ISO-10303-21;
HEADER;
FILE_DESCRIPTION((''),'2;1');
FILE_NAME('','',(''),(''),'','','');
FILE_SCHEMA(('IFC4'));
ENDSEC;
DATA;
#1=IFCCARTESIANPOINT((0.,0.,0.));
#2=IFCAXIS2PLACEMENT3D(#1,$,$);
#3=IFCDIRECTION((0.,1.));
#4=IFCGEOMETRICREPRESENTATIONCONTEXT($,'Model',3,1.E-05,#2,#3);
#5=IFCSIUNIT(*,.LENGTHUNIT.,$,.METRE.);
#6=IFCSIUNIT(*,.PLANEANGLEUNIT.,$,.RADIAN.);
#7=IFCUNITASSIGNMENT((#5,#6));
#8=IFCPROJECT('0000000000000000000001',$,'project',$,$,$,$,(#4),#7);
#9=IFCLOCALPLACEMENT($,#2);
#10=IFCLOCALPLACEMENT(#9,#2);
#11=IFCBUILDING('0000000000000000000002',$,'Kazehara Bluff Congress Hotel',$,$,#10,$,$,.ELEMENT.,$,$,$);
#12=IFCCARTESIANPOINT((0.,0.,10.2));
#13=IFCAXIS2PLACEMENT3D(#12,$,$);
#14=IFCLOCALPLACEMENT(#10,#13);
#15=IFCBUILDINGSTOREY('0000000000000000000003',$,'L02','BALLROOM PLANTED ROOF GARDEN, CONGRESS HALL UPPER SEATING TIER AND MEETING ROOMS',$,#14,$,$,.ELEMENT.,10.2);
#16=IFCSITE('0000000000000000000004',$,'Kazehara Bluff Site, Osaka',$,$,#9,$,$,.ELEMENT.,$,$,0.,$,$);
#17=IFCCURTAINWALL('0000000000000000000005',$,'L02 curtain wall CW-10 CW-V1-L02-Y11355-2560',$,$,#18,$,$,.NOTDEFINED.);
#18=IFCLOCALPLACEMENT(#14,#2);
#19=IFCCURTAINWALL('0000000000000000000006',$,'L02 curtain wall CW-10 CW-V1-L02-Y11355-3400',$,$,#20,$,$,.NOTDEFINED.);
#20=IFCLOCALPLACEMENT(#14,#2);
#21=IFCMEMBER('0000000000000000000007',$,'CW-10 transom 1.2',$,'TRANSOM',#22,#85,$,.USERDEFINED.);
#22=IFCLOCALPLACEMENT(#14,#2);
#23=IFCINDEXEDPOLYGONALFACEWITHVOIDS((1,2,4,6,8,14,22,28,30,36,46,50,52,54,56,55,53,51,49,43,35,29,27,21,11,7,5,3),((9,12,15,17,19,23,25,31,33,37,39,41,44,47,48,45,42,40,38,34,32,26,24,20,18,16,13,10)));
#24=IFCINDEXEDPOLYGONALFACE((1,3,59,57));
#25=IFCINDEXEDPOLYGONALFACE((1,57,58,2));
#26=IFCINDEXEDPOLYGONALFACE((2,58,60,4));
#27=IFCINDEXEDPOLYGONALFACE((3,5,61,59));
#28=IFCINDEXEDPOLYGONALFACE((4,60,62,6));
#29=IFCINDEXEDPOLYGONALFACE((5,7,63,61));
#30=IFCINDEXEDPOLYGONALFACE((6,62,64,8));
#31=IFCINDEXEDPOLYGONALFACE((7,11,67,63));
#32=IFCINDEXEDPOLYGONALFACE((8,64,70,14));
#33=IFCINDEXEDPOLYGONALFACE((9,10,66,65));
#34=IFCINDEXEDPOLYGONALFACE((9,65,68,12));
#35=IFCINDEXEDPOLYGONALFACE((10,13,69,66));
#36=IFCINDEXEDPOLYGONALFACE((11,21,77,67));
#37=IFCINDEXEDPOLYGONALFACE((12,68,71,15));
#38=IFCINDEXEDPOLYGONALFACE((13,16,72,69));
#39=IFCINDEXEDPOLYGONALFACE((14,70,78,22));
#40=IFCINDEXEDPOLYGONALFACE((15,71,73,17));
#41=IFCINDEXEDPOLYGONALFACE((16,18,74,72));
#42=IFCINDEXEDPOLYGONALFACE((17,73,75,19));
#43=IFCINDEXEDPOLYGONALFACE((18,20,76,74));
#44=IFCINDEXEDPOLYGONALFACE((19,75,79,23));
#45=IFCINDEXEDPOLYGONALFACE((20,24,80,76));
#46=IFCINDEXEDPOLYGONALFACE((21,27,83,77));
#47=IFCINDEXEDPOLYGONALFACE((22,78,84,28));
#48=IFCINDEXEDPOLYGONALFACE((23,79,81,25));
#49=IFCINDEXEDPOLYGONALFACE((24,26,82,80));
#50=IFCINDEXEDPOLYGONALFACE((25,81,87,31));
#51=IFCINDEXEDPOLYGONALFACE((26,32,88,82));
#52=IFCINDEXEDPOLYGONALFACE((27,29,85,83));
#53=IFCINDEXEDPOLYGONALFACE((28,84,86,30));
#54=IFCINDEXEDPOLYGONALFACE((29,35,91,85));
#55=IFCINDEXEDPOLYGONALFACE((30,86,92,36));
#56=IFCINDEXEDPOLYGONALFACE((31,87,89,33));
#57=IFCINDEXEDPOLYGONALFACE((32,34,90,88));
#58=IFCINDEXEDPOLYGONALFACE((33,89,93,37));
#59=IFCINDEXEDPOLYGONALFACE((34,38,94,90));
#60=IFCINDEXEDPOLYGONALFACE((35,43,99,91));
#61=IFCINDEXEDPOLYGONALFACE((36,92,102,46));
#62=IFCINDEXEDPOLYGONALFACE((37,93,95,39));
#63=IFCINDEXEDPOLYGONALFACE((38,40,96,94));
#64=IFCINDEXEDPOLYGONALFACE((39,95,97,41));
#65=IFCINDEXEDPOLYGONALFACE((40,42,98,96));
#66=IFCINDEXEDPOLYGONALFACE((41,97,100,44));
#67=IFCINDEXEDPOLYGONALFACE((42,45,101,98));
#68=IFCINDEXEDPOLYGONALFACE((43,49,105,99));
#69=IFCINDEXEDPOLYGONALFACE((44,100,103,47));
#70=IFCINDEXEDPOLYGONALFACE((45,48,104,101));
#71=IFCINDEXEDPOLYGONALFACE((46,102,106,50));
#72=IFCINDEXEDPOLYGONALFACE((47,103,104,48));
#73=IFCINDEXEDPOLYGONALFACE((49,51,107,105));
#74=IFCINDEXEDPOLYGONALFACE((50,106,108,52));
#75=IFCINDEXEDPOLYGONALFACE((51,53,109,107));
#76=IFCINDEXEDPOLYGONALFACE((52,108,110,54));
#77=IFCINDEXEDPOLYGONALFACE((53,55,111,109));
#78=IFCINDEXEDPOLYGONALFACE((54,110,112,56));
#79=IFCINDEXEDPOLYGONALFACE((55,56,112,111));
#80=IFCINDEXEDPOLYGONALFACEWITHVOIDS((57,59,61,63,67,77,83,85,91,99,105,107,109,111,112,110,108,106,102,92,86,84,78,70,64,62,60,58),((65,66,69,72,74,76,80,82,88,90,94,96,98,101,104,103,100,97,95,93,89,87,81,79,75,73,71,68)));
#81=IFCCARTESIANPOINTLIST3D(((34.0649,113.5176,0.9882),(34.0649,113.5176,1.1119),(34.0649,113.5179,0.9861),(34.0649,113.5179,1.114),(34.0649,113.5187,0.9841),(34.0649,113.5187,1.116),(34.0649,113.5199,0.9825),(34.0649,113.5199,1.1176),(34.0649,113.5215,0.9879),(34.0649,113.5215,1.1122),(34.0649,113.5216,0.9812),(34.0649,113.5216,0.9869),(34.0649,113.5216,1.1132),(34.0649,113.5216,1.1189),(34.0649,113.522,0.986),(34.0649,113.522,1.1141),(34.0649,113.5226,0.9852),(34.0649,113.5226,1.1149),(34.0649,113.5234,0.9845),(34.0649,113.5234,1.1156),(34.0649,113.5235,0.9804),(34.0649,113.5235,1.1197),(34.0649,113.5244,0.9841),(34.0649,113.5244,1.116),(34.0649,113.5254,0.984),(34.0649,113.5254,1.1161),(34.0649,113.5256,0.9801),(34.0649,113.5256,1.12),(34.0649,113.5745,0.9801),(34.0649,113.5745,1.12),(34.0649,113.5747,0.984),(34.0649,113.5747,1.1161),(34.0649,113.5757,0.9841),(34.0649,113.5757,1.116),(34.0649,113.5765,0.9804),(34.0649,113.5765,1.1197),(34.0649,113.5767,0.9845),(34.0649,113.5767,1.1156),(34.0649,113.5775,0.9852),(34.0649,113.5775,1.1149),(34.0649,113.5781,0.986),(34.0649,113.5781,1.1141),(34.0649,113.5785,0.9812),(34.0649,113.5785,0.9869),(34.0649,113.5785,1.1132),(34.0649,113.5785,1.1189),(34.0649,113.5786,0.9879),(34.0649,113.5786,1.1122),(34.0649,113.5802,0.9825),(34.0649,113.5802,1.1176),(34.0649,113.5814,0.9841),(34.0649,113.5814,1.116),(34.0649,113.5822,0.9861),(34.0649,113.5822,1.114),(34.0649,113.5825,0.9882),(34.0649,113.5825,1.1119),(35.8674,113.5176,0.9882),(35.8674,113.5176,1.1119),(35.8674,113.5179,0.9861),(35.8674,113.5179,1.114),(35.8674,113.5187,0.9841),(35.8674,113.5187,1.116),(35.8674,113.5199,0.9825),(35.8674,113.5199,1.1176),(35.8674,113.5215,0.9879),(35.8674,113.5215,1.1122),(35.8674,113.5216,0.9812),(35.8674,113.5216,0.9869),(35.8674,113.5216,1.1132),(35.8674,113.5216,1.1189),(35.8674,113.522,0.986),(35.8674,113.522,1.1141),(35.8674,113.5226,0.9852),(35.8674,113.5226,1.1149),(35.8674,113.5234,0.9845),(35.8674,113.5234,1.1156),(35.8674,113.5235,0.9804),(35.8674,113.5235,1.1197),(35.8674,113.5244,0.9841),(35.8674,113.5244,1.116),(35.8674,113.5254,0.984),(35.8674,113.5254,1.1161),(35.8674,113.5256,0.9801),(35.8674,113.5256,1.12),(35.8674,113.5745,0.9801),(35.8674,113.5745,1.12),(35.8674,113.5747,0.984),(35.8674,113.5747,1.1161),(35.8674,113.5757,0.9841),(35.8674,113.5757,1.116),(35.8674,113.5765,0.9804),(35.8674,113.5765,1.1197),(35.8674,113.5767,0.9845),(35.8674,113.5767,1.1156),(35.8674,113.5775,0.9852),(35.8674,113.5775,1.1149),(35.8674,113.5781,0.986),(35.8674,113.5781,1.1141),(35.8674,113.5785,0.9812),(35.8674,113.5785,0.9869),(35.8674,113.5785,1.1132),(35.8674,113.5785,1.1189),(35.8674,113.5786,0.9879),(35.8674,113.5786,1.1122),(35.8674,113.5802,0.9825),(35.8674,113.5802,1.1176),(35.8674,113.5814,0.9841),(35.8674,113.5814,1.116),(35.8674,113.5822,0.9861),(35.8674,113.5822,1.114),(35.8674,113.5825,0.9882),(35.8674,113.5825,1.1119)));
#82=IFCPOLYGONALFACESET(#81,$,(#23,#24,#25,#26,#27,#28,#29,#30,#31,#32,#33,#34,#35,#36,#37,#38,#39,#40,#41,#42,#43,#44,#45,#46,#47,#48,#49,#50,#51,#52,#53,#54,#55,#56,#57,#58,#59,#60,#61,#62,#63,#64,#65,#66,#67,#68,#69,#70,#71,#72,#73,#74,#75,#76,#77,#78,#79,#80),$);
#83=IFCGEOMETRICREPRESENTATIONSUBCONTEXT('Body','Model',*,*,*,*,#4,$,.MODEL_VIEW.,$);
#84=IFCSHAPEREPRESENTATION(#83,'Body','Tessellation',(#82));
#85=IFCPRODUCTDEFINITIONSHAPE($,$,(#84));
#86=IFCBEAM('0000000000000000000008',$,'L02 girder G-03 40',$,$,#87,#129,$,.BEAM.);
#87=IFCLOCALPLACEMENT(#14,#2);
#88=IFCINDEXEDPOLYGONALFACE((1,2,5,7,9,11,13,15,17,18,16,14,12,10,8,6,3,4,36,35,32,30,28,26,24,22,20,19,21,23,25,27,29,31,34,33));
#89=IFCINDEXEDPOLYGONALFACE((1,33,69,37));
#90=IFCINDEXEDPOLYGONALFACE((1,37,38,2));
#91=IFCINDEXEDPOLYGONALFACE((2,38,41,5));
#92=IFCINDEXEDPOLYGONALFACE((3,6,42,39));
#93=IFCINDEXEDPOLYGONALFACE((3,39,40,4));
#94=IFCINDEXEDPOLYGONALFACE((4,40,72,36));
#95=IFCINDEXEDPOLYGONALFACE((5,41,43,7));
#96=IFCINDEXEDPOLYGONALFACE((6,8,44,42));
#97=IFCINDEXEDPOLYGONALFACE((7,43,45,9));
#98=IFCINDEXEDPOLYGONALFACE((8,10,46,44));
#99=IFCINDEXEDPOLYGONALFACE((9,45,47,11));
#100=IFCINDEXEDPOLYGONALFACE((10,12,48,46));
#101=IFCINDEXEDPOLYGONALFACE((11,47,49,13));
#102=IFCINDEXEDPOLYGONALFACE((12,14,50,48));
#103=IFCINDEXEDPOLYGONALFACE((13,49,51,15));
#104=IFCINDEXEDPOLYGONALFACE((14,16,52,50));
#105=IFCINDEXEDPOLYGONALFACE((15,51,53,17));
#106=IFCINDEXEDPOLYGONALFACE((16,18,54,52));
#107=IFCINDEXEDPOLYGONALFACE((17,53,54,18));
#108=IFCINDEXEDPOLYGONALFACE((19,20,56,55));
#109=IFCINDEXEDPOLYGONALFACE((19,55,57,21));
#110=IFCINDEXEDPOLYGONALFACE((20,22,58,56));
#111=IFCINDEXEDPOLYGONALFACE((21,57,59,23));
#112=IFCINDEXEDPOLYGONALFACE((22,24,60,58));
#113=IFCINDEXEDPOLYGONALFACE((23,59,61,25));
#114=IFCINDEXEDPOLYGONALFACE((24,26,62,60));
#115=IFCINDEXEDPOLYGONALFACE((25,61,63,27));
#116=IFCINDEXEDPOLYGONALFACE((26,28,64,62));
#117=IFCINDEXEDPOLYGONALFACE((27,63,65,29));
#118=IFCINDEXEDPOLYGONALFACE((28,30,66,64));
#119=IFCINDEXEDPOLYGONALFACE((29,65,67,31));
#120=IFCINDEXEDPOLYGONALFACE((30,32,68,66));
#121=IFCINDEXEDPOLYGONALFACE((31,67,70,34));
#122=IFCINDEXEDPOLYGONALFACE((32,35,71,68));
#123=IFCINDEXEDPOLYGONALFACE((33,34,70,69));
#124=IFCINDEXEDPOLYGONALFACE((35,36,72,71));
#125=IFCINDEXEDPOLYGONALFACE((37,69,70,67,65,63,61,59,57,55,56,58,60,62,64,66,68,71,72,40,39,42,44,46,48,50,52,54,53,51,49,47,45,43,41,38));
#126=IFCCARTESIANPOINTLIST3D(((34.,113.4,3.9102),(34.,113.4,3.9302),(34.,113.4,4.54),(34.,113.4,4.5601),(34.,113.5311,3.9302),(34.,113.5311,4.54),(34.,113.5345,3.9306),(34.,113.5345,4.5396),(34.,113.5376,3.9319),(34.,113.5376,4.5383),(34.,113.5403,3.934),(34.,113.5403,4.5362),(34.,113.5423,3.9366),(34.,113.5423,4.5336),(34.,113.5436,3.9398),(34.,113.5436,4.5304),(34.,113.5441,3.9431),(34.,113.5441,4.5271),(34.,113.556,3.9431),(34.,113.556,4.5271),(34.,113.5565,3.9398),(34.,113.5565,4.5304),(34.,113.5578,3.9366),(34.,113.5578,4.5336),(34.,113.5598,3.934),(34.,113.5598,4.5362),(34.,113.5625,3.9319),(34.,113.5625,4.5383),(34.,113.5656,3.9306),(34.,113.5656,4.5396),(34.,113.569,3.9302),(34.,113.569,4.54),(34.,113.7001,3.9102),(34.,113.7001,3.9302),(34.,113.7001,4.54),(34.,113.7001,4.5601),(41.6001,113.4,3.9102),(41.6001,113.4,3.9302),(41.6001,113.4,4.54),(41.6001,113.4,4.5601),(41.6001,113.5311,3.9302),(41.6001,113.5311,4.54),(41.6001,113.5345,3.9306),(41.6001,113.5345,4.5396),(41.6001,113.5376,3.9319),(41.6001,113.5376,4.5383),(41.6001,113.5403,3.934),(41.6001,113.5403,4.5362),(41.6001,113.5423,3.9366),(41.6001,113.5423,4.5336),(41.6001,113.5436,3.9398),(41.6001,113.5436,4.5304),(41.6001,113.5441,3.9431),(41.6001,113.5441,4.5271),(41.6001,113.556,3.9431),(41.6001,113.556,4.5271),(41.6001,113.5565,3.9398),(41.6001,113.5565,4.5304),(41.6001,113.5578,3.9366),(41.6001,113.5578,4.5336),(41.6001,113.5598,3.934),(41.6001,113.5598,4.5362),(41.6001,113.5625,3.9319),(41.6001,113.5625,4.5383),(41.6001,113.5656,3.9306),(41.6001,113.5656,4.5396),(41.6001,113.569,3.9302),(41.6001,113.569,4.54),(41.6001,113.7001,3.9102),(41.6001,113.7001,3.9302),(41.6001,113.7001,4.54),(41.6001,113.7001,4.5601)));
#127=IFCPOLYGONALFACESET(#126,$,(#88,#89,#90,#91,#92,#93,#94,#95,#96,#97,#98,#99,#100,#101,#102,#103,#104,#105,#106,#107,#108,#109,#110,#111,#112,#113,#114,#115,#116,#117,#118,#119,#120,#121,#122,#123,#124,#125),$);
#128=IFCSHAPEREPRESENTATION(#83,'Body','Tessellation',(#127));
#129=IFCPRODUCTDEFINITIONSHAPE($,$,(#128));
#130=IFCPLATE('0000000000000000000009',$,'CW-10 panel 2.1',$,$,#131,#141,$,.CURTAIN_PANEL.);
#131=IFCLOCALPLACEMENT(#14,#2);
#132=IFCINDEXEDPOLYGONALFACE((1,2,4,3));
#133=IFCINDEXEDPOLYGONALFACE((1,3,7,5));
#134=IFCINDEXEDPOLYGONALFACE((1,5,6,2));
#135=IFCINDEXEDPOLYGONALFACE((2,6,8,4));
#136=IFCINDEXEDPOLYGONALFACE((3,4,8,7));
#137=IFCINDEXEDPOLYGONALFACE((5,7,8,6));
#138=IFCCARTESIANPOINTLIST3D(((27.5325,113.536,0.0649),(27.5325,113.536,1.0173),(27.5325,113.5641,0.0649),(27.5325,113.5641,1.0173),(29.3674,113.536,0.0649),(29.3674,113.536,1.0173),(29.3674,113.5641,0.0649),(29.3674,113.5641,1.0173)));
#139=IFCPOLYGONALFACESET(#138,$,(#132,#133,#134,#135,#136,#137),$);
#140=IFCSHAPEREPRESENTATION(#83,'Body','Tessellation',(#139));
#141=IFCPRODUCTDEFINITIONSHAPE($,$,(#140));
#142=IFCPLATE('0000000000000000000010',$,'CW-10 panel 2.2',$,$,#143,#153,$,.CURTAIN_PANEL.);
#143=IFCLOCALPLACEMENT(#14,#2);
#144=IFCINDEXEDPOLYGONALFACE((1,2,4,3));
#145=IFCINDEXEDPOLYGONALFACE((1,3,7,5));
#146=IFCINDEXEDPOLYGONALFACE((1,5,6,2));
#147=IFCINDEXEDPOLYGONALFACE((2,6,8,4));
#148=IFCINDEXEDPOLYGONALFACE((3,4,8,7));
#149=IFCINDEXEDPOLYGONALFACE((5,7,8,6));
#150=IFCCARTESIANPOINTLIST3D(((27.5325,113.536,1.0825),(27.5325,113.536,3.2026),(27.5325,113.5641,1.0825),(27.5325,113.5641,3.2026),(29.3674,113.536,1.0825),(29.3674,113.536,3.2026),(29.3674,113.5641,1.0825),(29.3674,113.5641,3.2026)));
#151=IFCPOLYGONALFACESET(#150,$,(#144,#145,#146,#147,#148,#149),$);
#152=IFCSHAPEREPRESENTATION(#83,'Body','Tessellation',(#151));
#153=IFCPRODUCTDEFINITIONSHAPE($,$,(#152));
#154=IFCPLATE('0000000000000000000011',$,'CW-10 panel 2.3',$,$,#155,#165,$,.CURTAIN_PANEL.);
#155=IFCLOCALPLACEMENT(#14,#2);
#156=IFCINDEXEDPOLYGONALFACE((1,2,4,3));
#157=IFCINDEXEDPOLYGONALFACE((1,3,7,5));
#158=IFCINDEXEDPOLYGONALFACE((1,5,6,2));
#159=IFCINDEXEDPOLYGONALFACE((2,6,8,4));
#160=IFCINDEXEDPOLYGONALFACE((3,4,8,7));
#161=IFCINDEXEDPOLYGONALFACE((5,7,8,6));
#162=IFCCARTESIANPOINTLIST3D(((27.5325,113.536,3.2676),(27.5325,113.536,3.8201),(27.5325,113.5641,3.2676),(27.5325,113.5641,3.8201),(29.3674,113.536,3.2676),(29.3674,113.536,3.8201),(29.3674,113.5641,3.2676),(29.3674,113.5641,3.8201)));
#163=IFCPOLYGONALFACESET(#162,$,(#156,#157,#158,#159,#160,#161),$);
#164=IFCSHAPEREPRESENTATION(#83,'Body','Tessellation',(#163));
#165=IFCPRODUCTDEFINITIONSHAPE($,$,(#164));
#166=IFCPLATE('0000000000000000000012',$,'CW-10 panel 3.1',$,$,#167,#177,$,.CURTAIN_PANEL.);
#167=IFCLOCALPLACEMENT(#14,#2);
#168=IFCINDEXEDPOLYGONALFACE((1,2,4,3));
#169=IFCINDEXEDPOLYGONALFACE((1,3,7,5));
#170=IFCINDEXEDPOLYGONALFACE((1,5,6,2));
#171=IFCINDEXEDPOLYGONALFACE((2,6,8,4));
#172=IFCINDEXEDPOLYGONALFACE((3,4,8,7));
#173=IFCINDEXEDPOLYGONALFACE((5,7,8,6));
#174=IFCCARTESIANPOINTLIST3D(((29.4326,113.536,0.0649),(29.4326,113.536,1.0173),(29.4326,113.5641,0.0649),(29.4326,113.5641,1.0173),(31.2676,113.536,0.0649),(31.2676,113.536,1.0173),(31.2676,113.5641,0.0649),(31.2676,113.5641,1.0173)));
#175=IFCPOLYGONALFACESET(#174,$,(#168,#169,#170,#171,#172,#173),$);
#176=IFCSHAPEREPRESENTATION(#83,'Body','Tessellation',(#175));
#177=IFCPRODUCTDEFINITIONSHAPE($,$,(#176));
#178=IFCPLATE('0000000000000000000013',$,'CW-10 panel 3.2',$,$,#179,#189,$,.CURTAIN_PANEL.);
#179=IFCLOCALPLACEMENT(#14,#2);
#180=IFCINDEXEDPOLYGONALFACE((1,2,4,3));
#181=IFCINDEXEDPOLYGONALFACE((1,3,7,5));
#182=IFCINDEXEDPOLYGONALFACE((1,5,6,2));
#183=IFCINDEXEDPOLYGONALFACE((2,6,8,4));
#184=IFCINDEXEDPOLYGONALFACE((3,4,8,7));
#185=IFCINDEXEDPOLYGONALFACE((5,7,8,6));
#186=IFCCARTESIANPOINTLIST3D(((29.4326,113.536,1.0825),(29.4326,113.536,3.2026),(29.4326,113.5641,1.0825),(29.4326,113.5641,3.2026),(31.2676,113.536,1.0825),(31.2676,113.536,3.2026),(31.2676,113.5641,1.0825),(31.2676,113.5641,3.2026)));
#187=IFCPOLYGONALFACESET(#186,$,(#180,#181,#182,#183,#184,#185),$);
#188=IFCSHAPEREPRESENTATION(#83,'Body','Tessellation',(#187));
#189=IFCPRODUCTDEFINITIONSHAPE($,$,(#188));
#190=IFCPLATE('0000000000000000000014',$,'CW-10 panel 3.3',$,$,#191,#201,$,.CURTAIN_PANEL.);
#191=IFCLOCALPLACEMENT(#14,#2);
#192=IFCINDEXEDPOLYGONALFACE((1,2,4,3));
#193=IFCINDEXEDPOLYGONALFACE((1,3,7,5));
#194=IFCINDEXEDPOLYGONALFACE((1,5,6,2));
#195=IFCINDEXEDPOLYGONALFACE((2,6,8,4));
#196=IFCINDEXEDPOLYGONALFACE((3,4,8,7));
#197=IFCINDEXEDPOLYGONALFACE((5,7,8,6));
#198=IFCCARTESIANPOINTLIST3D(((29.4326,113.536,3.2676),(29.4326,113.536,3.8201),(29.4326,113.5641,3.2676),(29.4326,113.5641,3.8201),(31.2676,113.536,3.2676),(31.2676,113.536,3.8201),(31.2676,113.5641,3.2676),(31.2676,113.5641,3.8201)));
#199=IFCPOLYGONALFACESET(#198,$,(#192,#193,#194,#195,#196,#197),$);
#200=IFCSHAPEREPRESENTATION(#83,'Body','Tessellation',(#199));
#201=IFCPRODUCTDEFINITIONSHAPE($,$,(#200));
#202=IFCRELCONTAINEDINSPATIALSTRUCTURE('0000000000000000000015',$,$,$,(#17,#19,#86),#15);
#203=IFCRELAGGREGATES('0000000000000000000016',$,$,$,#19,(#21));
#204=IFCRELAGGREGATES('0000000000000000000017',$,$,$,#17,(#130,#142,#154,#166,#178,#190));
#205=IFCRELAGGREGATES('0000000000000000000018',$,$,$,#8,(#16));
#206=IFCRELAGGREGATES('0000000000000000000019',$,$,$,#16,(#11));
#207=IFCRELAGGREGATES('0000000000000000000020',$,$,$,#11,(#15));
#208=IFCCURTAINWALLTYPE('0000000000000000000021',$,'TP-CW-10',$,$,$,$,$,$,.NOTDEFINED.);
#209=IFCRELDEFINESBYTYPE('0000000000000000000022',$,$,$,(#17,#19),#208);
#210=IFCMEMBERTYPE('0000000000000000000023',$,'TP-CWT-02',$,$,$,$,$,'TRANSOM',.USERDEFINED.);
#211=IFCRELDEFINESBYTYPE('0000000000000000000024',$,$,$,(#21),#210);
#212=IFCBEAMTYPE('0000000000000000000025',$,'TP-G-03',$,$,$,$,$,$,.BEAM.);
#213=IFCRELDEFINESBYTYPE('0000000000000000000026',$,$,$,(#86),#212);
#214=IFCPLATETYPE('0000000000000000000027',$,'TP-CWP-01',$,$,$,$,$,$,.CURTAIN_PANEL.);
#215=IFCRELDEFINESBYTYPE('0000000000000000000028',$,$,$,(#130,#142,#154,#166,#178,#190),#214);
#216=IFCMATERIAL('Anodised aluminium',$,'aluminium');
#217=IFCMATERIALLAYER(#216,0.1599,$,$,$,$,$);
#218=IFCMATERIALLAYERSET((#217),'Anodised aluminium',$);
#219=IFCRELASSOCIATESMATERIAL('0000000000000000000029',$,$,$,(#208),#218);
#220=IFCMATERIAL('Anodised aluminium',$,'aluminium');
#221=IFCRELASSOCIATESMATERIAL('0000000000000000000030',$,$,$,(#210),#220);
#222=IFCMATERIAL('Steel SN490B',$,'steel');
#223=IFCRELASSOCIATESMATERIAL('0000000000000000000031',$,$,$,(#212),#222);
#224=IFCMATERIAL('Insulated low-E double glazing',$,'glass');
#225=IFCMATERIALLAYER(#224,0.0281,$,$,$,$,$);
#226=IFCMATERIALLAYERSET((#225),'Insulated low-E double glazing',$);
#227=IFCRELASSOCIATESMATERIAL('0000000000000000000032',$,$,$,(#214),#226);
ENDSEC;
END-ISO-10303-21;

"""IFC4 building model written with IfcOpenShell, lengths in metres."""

from ifc_helpers import new_model, si_unit, direction, frame, origin, origin_2d, place, context, subcontext, project, spatial, rectangle, hollow_rectangle, i_section, extrude, material, layer, layer_set, material_profile, profile_set, type_object, element, aggregate, save


model = new_model("IFC4")

# Units and contexts
model_context = context("Model", 3, precision=1e-05, world=origin(), true_north=direction((0.0, 1.0)))
body_context = subcontext(model_context, "Body", "Model", "MODEL_VIEW")
ifc_project = project(units=[si_unit("LENGTHUNIT", "METRE"), si_unit("PLANEANGLEUNIT", "RADIAN")], contexts=[model_context])

# Site, building, storey
site_placement = place(None, origin())
site = spatial("IfcSite", under=ifc_project, at=site_placement, Name="Kazehara Bluff Site, Osaka", CompositionType="ELEMENT", RefElevation=0.0)
building_placement = place(site_placement, origin())
building = spatial("IfcBuilding", under=site, at=building_placement, Name="Kazehara Bluff Congress Hotel", CompositionType="ELEMENT")
storey_placement = place(building_placement, frame((0.0, 0.0, 10.2)))
storey = spatial("IfcBuildingStorey", under=building, at=storey_placement, Name="L02", Description="BALLROOM PLANTED ROOF GARDEN, CONGRESS HALL UPPER SEATING TIER AND MEETING ROOMS", CompositionType="ELEMENT", Elevation=10.2)

# Curtain wall
ifc_material_1 = material(Name="Anodised aluminium", Category="aluminium")
ifc_layer_1 = layer(ifc_material_1, 0.1599)
ifc_layer_set_1 = layer_set([ifc_layer_1], Name="Anodised aluminium")
curtain_wall_type = type_object("IfcCurtainWallType", Name="TP-CW-10", PredefinedType="NOTDEFINED", material=ifc_layer_set_1)
curtain_wall_1_placement = place(storey_placement, origin())
curtain_wall_1 = element("IfcCurtainWall", 1, at=curtain_wall_1_placement, inside=storey, type_object=curtain_wall_type, Name="L02 curtain wall CW-10 CW-V1-L02-Y11355-2560", PredefinedType="NOTDEFINED")

# Curtain wall
curtain_wall_2_placement = place(storey_placement, origin())
curtain_wall_2 = element("IfcCurtainWall", 2, at=curtain_wall_2_placement, inside=storey, type_object=curtain_wall_type, Name="L02 curtain wall CW-10 CW-V1-L02-Y11355-3400", PredefinedType="NOTDEFINED")

# Member
ifc_material_2 = material(Name="Anodised aluminium", Category="aluminium")
ifc_material_profile_1 = material_profile(ifc_material_2, hollow_rectangle(XDim=0.0649, YDim=0.1399, WallThickness=0.0039, InnerFilletRadius=0.0039, OuterFilletRadius=0.0081, at=origin_2d()))
ifc_profile_set_1 = profile_set([ifc_material_profile_1], Name="Anodised aluminium")
member_type_1 = type_object("IfcMemberType", Name="TP-CWT-02", ElementType="TRANSOM", PredefinedType="USERDEFINED", material=ifc_profile_set_1)
member_1_placement = place(storey_placement, frame((34.0649, 113.55, 1.05), z_axis=(1.0, 0.0, 0.0), x_axis=(0.0, 1.0, 0.0)))
member_1 = element("IfcMember", 3, at=member_1_placement, type_object=member_type_1, Name="CW-10 transom 1.2", ObjectType="TRANSOM", PredefinedType="USERDEFINED", context=body_context, shape_type="SweptSolid", body=[
    extrude(hollow_rectangle(XDim=0.0649, YDim=0.1399, WallThickness=0.0039, InnerFilletRadius=0.0039, OuterFilletRadius=0.0081, at=origin_2d()), origin(), (0.0, 0.0, 1.0), 1.8025),
])
aggregate(curtain_wall_2, [member_1])

# Beam
ifc_material_3 = material(Name="Steel SN490B", Category="steel")
ifc_material_profile_2 = material_profile(ifc_material_3, i_section(OverallWidth=0.3, OverallDepth=0.6499, WebThickness=0.012, FlangeThickness=0.02, FilletRadius=0.0129, at=origin_2d()))
ifc_profile_set_2 = profile_set([ifc_material_profile_2], Name="Steel SN490B")
beam_type = type_object("IfcBeamType", Name="TP-G-03", PredefinedType="BEAM", material=ifc_profile_set_2)
beam_placement = place(storey_placement, frame((34.0, 113.55, 4.2351), z_axis=(1.0, 0.0, 0.0), x_axis=(0.0, 1.0, 0.0)))
element("IfcBeam", 4, at=beam_placement, inside=storey, type_object=beam_type, Name="L02 girder G-03 40", PredefinedType="BEAM", context=body_context, shape_type="SweptSolid", body=[
    extrude(i_section(OverallWidth=0.3, OverallDepth=0.6499, WebThickness=0.012, FlangeThickness=0.02, FilletRadius=0.0129, at=origin_2d()), origin(), (0.0, 0.0, 1.0), 7.6001),
])

# Plates
ifc_material_4 = material(Name="Insulated low-E double glazing", Category="glass")
ifc_layer_2 = layer(ifc_material_4, 0.0281)
ifc_layer_set_2 = layer_set([ifc_layer_2], Name="Insulated low-E double glazing")
plate_type = type_object("IfcPlateType", Name="TP-CWP-01", PredefinedType="CURTAIN_PANEL", material=ifc_layer_set_2)
plate_1_placement = place(storey_placement, frame((28.45, 113.55, 0.0649), z_axis=(0.0, 0.0, 1.0), x_axis=(1.0, 0.0, 0.0)))
plate_1 = element("IfcPlate", 5, at=plate_1_placement, type_object=plate_type, Name="CW-10 panel 2.1", PredefinedType="CURTAIN_PANEL", context=body_context, shape_type="SweptSolid", body=[
    extrude(rectangle(XDim=1.835, YDim=0.0281, at=origin_2d()), origin(), (0.0, 0.0, 1.0), 0.9524),
])
plate_2_placement = place(storey_placement, frame((28.45, 113.55, 1.0825), z_axis=(0.0, 0.0, 1.0), x_axis=(1.0, 0.0, 0.0)))
plate_2 = element("IfcPlate", 6, at=plate_2_placement, type_object=plate_type, Name="CW-10 panel 2.2", PredefinedType="CURTAIN_PANEL", context=body_context, shape_type="SweptSolid", body=[
    extrude(rectangle(XDim=1.835, YDim=0.0281, at=origin_2d()), origin(), (0.0, 0.0, 1.0), 2.1201),
])
plate_3_placement = place(storey_placement, frame((28.45, 113.55, 3.2676), z_axis=(0.0, 0.0, 1.0), x_axis=(1.0, 0.0, 0.0)))
plate_3 = element("IfcPlate", 7, at=plate_3_placement, type_object=plate_type, Name="CW-10 panel 2.3", PredefinedType="CURTAIN_PANEL", context=body_context, shape_type="SweptSolid", body=[
    extrude(rectangle(XDim=1.835, YDim=0.0281, at=origin_2d()), origin(), (0.0, 0.0, 1.0), 0.5525),
])
plate_4_placement = place(storey_placement, frame((30.3501, 113.55, 0.0649), z_axis=(0.0, 0.0, 1.0), x_axis=(1.0, 0.0, 0.0)))
plate_4 = element("IfcPlate", 8, at=plate_4_placement, type_object=plate_type, Name="CW-10 panel 3.1", PredefinedType="CURTAIN_PANEL", context=body_context, shape_type="SweptSolid", body=[
    extrude(rectangle(XDim=1.835, YDim=0.0281, at=origin_2d()), origin(), (0.0, 0.0, 1.0), 0.9524),
])
plate_5_placement = place(storey_placement, frame((30.3501, 113.55, 1.0825), z_axis=(0.0, 0.0, 1.0), x_axis=(1.0, 0.0, 0.0)))
plate_5 = element("IfcPlate", 9, at=plate_5_placement, type_object=plate_type, Name="CW-10 panel 3.2", PredefinedType="CURTAIN_PANEL", context=body_context, shape_type="SweptSolid", body=[
    extrude(rectangle(XDim=1.835, YDim=0.0281, at=origin_2d()), origin(), (0.0, 0.0, 1.0), 2.1201),
])
plate_6_placement = place(storey_placement, frame((30.3501, 113.55, 3.2676), z_axis=(0.0, 0.0, 1.0), x_axis=(1.0, 0.0, 0.0)))
plate_6 = element("IfcPlate", 10, at=plate_6_placement, type_object=plate_type, Name="CW-10 panel 3.3", PredefinedType="CURTAIN_PANEL", context=body_context, shape_type="SweptSolid", body=[
    extrude(rectangle(XDim=1.835, YDim=0.0281, at=origin_2d()), origin(), (0.0, 0.0, 1.0), 0.5525),
])
aggregate(curtain_wall_1, [plate_1, plate_2, plate_3, plate_4, plate_5, plate_6])

save(model, "model.ifc")
